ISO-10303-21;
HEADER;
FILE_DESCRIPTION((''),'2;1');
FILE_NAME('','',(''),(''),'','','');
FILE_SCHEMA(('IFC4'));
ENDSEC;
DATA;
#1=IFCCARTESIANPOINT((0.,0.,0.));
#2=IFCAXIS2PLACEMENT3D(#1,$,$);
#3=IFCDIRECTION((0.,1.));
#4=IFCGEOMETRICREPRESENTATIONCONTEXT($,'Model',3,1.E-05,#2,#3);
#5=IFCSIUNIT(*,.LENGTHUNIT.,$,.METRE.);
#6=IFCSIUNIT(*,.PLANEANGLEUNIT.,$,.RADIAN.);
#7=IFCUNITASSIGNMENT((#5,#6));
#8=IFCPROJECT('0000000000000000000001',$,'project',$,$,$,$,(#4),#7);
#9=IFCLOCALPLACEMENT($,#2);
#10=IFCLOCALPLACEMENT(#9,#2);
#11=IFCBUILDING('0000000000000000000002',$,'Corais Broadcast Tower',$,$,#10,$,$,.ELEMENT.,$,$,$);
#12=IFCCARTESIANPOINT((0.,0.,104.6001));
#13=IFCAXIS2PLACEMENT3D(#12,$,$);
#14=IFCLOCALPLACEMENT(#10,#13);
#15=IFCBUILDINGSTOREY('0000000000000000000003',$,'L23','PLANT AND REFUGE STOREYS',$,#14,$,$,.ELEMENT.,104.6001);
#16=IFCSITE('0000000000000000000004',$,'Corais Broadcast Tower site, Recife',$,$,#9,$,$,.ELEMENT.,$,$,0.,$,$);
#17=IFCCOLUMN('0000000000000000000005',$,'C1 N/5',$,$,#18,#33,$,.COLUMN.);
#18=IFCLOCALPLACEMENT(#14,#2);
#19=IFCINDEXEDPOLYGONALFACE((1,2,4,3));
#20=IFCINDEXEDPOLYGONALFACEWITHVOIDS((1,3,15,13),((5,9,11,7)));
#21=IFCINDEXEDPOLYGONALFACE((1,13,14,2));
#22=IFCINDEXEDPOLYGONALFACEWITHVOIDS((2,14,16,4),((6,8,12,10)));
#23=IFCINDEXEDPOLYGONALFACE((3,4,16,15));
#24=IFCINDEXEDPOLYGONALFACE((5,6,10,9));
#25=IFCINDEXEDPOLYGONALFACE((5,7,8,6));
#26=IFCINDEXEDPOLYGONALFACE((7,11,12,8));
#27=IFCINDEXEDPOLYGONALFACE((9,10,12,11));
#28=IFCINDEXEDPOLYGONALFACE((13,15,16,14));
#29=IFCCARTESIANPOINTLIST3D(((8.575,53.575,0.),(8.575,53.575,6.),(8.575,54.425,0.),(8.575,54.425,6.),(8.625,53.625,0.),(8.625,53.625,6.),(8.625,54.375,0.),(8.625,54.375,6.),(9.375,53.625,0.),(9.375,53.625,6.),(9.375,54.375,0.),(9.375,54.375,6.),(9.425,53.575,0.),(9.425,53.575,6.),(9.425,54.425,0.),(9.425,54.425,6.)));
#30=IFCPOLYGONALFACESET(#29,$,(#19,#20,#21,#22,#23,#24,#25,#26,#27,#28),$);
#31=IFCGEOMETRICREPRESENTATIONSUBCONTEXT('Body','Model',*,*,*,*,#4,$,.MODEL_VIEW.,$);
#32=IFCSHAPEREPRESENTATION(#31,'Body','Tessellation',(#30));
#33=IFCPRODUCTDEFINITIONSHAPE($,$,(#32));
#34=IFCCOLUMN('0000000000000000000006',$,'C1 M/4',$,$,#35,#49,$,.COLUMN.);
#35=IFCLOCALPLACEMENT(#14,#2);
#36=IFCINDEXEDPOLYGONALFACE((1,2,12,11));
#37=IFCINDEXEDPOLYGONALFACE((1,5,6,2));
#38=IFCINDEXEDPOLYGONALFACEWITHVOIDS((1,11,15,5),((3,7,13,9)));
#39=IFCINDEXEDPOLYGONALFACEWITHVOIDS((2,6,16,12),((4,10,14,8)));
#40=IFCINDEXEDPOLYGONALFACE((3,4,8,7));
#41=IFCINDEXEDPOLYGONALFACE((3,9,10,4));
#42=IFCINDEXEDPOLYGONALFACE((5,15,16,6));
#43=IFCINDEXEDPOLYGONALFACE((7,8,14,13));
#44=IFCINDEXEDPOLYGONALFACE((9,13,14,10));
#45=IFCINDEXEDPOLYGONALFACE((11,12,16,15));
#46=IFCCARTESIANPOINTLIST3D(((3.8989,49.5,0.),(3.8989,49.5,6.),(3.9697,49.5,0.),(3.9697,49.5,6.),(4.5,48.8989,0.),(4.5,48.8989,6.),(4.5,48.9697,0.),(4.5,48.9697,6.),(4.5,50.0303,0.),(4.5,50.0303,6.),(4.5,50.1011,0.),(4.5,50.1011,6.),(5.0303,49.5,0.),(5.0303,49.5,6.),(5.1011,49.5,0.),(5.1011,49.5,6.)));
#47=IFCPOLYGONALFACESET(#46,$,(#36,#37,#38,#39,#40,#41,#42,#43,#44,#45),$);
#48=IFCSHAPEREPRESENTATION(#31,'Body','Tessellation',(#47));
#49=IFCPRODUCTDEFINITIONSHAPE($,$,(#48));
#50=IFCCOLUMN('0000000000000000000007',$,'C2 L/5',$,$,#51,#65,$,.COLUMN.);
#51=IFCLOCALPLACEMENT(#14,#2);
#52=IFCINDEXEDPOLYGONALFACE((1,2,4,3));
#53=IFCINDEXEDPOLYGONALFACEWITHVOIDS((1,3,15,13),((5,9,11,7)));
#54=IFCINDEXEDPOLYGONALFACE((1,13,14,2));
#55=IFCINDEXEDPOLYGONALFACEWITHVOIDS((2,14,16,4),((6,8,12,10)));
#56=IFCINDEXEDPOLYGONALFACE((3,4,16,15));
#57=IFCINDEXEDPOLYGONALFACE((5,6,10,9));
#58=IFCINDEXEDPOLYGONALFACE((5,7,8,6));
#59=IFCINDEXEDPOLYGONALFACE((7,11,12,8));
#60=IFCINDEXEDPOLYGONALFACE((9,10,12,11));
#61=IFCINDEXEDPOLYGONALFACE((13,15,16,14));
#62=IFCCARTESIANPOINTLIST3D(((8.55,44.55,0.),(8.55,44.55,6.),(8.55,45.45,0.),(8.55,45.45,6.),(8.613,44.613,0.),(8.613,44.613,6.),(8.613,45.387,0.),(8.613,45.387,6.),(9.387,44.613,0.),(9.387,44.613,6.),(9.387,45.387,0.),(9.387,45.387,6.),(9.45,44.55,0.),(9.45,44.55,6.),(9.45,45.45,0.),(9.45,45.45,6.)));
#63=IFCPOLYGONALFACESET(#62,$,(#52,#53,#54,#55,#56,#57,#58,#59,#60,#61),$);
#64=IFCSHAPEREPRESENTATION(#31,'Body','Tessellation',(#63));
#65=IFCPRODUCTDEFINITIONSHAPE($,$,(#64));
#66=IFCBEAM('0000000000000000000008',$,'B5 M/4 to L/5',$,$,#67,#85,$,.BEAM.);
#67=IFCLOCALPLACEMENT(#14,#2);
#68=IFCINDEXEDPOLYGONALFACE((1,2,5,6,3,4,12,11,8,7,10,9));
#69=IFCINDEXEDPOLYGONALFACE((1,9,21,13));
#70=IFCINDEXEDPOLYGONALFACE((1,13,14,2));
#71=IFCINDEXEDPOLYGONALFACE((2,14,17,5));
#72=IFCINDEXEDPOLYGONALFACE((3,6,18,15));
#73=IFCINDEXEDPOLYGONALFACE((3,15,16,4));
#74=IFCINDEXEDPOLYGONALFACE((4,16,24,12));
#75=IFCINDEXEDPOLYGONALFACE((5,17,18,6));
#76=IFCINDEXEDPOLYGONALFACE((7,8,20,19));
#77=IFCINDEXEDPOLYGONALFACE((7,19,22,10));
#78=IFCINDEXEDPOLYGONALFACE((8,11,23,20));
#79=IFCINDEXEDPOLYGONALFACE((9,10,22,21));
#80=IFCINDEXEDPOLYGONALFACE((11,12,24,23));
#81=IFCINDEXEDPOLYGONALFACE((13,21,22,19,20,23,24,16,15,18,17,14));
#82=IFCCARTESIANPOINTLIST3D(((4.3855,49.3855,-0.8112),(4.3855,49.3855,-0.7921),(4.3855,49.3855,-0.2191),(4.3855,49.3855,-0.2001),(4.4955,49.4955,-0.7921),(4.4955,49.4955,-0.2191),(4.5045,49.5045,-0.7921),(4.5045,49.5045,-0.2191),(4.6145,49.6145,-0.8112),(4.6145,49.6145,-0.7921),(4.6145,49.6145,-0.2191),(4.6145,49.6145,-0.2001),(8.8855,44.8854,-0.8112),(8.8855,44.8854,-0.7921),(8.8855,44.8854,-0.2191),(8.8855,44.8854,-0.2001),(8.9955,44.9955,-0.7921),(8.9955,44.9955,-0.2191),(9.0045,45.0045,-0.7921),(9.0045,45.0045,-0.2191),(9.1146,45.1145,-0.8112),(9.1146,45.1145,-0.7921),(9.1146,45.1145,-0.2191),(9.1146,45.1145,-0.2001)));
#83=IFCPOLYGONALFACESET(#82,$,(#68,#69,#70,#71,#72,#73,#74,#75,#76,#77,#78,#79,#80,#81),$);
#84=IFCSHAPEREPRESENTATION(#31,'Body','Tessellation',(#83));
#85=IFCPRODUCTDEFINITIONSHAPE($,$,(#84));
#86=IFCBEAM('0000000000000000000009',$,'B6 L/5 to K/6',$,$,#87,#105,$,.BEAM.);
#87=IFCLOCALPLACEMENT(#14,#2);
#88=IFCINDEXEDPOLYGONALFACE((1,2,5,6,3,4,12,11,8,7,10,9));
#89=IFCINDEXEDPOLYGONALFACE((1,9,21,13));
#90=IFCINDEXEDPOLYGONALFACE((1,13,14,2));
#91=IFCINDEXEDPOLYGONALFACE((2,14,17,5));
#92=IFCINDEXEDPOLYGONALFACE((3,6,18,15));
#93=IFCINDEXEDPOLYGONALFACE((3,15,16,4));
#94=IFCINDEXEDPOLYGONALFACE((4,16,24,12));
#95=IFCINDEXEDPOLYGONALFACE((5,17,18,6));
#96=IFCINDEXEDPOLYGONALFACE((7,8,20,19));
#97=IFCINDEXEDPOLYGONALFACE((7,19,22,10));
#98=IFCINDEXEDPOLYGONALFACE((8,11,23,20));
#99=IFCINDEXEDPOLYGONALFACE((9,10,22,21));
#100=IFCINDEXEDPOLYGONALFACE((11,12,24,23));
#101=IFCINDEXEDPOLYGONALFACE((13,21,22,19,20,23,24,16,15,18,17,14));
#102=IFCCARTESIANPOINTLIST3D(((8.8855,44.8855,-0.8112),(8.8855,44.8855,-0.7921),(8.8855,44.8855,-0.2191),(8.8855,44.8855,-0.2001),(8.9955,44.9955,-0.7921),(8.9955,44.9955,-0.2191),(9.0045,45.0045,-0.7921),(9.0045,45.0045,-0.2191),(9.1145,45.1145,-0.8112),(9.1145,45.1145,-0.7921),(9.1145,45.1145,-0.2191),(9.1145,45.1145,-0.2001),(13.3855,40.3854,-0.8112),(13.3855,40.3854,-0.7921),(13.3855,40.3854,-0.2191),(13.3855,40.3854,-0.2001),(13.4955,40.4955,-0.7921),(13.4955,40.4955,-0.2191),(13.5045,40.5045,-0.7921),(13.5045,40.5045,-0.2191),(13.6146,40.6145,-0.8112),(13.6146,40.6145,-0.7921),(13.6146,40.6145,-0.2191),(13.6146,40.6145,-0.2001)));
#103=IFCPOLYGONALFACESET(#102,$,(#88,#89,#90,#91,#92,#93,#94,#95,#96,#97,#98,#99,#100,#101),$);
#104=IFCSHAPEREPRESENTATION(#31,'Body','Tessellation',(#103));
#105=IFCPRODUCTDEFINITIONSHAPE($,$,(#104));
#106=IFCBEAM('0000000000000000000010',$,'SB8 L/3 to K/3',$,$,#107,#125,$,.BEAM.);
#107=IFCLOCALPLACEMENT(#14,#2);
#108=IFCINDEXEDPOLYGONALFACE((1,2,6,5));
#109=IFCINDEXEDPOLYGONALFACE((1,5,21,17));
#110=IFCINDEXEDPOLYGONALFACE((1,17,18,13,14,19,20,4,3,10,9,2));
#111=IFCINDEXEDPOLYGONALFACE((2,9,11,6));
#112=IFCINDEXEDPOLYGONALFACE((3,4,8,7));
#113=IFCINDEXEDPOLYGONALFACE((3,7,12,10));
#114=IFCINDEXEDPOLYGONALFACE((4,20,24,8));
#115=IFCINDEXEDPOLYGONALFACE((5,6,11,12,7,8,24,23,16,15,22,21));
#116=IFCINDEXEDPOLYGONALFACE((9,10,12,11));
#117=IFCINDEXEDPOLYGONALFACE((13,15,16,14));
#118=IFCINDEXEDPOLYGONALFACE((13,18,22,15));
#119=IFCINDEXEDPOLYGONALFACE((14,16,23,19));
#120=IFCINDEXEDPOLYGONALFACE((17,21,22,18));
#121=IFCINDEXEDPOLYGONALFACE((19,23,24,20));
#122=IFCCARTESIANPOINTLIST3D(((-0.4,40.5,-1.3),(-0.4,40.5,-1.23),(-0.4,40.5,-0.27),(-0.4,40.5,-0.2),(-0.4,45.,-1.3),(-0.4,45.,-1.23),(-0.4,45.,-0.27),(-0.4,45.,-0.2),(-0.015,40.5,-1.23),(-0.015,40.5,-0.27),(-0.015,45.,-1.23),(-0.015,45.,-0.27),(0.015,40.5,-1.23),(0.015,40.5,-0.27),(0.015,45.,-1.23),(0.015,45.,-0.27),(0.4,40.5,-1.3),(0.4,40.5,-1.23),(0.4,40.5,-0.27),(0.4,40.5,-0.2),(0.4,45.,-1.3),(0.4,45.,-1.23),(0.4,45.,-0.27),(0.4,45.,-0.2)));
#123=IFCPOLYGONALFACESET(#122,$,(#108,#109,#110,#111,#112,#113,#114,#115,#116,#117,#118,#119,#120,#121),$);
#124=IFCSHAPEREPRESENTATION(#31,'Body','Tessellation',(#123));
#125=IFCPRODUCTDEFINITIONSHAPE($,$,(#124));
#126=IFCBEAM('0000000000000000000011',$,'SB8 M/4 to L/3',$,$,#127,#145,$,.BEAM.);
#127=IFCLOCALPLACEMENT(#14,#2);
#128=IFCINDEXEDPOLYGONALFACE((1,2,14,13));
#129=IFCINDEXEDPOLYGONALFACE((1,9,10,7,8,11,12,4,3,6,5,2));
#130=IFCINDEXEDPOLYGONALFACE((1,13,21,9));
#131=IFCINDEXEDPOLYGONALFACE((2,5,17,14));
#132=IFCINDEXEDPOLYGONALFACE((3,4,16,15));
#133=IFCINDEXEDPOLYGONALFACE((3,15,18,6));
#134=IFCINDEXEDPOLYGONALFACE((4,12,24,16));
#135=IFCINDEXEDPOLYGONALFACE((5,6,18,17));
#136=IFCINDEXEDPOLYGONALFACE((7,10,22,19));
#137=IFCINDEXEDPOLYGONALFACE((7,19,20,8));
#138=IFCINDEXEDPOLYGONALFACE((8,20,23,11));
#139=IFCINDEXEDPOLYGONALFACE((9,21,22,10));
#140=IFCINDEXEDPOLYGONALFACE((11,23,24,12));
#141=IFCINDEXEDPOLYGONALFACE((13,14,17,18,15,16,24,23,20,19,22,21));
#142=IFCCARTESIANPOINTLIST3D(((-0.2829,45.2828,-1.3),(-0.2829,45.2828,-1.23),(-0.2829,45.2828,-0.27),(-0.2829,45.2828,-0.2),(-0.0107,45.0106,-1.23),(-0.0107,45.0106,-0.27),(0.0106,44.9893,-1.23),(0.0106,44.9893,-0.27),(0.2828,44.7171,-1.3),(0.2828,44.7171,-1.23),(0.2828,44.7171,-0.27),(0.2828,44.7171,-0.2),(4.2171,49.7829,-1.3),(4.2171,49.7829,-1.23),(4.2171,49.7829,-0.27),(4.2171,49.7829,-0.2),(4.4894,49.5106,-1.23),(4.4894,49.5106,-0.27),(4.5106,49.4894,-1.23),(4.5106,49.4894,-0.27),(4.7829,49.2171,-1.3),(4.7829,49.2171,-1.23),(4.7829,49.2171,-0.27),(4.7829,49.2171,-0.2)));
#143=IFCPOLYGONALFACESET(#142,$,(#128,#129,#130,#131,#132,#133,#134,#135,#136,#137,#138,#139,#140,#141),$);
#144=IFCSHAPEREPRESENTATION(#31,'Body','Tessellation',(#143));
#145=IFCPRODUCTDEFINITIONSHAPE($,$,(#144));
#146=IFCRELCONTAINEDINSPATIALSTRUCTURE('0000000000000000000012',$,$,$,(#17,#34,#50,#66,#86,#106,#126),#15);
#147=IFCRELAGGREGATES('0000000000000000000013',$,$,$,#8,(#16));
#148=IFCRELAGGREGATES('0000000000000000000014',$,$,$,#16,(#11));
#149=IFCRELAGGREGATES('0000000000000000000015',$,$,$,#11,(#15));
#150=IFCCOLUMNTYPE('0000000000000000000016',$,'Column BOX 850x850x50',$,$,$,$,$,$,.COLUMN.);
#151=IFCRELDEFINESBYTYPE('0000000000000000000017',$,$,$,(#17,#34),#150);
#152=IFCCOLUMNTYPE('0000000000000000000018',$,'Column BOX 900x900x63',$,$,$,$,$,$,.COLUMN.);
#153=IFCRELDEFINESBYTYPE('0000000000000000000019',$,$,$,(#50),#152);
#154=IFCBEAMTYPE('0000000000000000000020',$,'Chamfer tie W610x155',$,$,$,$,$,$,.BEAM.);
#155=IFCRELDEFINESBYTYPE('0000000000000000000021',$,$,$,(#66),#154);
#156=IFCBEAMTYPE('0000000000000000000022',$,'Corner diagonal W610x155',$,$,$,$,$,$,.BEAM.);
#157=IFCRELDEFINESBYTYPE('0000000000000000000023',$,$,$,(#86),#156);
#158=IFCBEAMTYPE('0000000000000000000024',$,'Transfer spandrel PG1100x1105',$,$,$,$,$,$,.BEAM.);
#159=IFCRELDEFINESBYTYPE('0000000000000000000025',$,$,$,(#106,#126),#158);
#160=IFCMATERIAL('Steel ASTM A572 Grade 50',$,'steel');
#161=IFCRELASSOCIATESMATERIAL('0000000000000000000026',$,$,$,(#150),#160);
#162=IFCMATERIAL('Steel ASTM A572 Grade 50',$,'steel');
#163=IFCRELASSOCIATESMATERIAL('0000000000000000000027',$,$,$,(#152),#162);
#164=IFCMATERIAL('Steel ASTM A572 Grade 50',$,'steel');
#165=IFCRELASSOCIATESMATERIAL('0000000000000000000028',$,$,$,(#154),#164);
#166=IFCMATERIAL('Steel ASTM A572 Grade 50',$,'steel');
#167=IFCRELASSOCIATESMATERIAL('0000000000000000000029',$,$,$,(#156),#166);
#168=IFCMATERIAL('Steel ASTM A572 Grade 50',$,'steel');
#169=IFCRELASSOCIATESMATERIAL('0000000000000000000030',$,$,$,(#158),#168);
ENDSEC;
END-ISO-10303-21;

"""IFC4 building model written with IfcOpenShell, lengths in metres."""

from ifc_helpers import new_model, si_unit, direction, frame, origin, origin_2d, place, context, subcontext, project, spatial, hollow_rectangle, i_section, extrude, material, material_profile, profile_set, type_object, element, save


model = new_model("IFC4")

# Units and contexts
model_context = context("Model", 3, precision=1e-05, world=origin(), true_north=direction((0.0, 1.0)))
body_context = subcontext(model_context, "Body", "Model", "MODEL_VIEW")
ifc_project = project(units=[si_unit("LENGTHUNIT", "METRE"), si_unit("PLANEANGLEUNIT", "RADIAN")], contexts=[model_context])

# Site, building, storey
site_placement = place(None, origin())
site = spatial("IfcSite", under=ifc_project, at=site_placement, Name="Corais Broadcast Tower site, Recife", CompositionType="ELEMENT", RefElevation=0.0)
building_placement = place(site_placement, origin())
building = spatial("IfcBuilding", under=site, at=building_placement, Name="Corais Broadcast Tower", CompositionType="ELEMENT")
storey_placement = place(building_placement, frame((0.0, 0.0, 104.6001)))
storey = spatial("IfcBuildingStorey", under=building, at=storey_placement, Name="L23", Description="PLANT AND REFUGE STOREYS", CompositionType="ELEMENT", Elevation=104.6001)

# Columns
ifc_material_1 = material(Name="Steel ASTM A572 Grade 50", Category="steel")
ifc_material_profile_1 = material_profile(ifc_material_1, hollow_rectangle(XDim=0.8501, YDim=0.8501, WallThickness=0.05, at=origin_2d()), Name="BOX 850x850x50")
ifc_profile_set_1 = profile_set([ifc_material_profile_1], Name="Steel ASTM A572 Grade 50")
column_type_1 = type_object("IfcColumnType", Name="Column BOX 850x850x50", PredefinedType="COLUMN", material=ifc_profile_set_1)
for number, where, z_axis, x_axis, name in (
    (1, (9.0, 54.0, 0.0), (0.0, 0.0, 1.0), (1.0, 0.0, 0.0), "C1 N/5"),
    (2, (4.5, 49.5, 0.0), (0.0, 0.0, 1.0), (0.707107, 0.707107, 0.0), "C1 M/4"),
):
    element("IfcColumn", number, at=place(storey_placement, frame(where, z_axis=z_axis, x_axis=x_axis)), inside=storey, type_object=column_type_1, Name=name, PredefinedType="COLUMN", context=body_context, shape_type="SweptSolid", body=[
        extrude(hollow_rectangle(XDim=0.8501, YDim=0.8501, WallThickness=0.05, at=origin_2d()), origin(), (0.0, 0.0, 1.0), 6.0),
    ])
ifc_material_2 = material(Name="Steel ASTM A572 Grade 50", Category="steel")
ifc_material_profile_2 = material_profile(ifc_material_2, hollow_rectangle(XDim=0.8999, YDim=0.8999, WallThickness=0.063, at=origin_2d()), Name="BOX 900x900x63")
ifc_profile_set_2 = profile_set([ifc_material_profile_2], Name="Steel ASTM A572 Grade 50")
column_type_2 = type_object("IfcColumnType", Name="Column BOX 900x900x63", PredefinedType="COLUMN", material=ifc_profile_set_2)
column_placement = place(storey_placement, frame((9.0, 45.0, 0.0), z_axis=(0.0, 0.0, 1.0), x_axis=(1.0, 0.0, 0.0)))
element("IfcColumn", 3, at=column_placement, inside=storey, type_object=column_type_2, Name="C2 L/5", PredefinedType="COLUMN", context=body_context, shape_type="SweptSolid", body=[
    extrude(hollow_rectangle(XDim=0.8999, YDim=0.8999, WallThickness=0.063, at=origin_2d()), origin(), (0.0, 0.0, 1.0), 6.0),
])

# Beams
ifc_material_3 = material(Name="Steel ASTM A572 Grade 50", Category="steel")
ifc_material_profile_3 = material_profile(ifc_material_3, i_section(OverallWidth=0.324, OverallDepth=0.6111, WebThickness=0.0127, FlangeThickness=0.019, at=origin_2d()), Name="W610x155")
ifc_profile_set_3 = profile_set([ifc_material_profile_3], Name="Steel ASTM A572 Grade 50")
beam_type_1 = type_object("IfcBeamType", Name="Chamfer tie W610x155", PredefinedType="BEAM", material=ifc_profile_set_3)
beam_1_placement = place(storey_placement, frame((4.5, 49.5, -0.5056), z_axis=(0.707107, -0.707107, 0.0), x_axis=(0.707107, 0.707107, 0.0)))
element("IfcBeam", 4, at=beam_1_placement, inside=storey, type_object=beam_type_1, Name="B5 M/4 to L/5", PredefinedType="BEAM", context=body_context, shape_type="SweptSolid", body=[
    extrude(i_section(OverallWidth=0.324, OverallDepth=0.6111, WebThickness=0.0127, FlangeThickness=0.019, at=origin_2d()), origin(), (0.0, 0.0, 1.0), 6.364),
])
ifc_material_4 = material(Name="Steel ASTM A572 Grade 50", Category="steel")
ifc_material_profile_4 = material_profile(ifc_material_4, i_section(OverallWidth=0.324, OverallDepth=0.6111, WebThickness=0.0127, FlangeThickness=0.019, at=origin_2d()), Name="W610x155")
ifc_profile_set_4 = profile_set([ifc_material_profile_4], Name="Steel ASTM A572 Grade 50")
beam_type_2 = type_object("IfcBeamType", Name="Corner diagonal W610x155", PredefinedType="BEAM", material=ifc_profile_set_4)
beam_2_placement = place(storey_placement, frame((9.0, 45.0, -0.5056), z_axis=(0.707107, -0.707107, 0.0), x_axis=(0.707107, 0.707107, 0.0)))
element("IfcBeam", 5, at=beam_2_placement, inside=storey, type_object=beam_type_2, Name="B6 L/5 to K/6", PredefinedType="BEAM", context=body_context, shape_type="SweptSolid", body=[
    extrude(i_section(OverallWidth=0.324, OverallDepth=0.6111, WebThickness=0.0127, FlangeThickness=0.019, at=origin_2d()), origin(), (0.0, 0.0, 1.0), 6.364),
])
ifc_material_5 = material(Name="Steel ASTM A572 Grade 50", Category="steel")
ifc_material_profile_5 = material_profile(ifc_material_5, i_section(OverallWidth=0.8, OverallDepth=1.1001, WebThickness=0.03, FlangeThickness=0.0701, at=origin_2d()), Name="PG1100x1105")
ifc_profile_set_5 = profile_set([ifc_material_profile_5], Name="Steel ASTM A572 Grade 50")
beam_type_3 = type_object("IfcBeamType", Name="Transfer spandrel PG1100x1105", PredefinedType="BEAM", material=ifc_profile_set_5)
beam_3_placement = place(storey_placement, frame((0.0, 45.0, -0.75), z_axis=(0.0, -1.0, 0.0), x_axis=(1.0, 0.0, 0.0)))
element("IfcBeam", 6, at=beam_3_placement, inside=storey, type_object=beam_type_3, Name="SB8 L/3 to K/3", PredefinedType="BEAM", context=body_context, shape_type="SweptSolid", body=[
    extrude(i_section(OverallWidth=0.8, OverallDepth=1.1001, WebThickness=0.03, FlangeThickness=0.0701, at=origin_2d()), origin(), (0.0, 0.0, 1.0), 4.5),
])
beam_4_placement = place(storey_placement, frame((4.5, 49.5, -0.75), z_axis=(-0.707107, -0.707107, 0.0), x_axis=(0.707107, -0.707107, 0.0)))
element("IfcBeam", 7, at=beam_4_placement, inside=storey, type_object=beam_type_3, Name="SB8 M/4 to L/3", PredefinedType="BEAM", context=body_context, shape_type="SweptSolid", body=[
    extrude(i_section(OverallWidth=0.8, OverallDepth=1.1001, WebThickness=0.03, FlangeThickness=0.0701, at=origin_2d()), origin(), (0.0, 0.0, 1.0), 6.364),
])

save(model, "model.ifc")
